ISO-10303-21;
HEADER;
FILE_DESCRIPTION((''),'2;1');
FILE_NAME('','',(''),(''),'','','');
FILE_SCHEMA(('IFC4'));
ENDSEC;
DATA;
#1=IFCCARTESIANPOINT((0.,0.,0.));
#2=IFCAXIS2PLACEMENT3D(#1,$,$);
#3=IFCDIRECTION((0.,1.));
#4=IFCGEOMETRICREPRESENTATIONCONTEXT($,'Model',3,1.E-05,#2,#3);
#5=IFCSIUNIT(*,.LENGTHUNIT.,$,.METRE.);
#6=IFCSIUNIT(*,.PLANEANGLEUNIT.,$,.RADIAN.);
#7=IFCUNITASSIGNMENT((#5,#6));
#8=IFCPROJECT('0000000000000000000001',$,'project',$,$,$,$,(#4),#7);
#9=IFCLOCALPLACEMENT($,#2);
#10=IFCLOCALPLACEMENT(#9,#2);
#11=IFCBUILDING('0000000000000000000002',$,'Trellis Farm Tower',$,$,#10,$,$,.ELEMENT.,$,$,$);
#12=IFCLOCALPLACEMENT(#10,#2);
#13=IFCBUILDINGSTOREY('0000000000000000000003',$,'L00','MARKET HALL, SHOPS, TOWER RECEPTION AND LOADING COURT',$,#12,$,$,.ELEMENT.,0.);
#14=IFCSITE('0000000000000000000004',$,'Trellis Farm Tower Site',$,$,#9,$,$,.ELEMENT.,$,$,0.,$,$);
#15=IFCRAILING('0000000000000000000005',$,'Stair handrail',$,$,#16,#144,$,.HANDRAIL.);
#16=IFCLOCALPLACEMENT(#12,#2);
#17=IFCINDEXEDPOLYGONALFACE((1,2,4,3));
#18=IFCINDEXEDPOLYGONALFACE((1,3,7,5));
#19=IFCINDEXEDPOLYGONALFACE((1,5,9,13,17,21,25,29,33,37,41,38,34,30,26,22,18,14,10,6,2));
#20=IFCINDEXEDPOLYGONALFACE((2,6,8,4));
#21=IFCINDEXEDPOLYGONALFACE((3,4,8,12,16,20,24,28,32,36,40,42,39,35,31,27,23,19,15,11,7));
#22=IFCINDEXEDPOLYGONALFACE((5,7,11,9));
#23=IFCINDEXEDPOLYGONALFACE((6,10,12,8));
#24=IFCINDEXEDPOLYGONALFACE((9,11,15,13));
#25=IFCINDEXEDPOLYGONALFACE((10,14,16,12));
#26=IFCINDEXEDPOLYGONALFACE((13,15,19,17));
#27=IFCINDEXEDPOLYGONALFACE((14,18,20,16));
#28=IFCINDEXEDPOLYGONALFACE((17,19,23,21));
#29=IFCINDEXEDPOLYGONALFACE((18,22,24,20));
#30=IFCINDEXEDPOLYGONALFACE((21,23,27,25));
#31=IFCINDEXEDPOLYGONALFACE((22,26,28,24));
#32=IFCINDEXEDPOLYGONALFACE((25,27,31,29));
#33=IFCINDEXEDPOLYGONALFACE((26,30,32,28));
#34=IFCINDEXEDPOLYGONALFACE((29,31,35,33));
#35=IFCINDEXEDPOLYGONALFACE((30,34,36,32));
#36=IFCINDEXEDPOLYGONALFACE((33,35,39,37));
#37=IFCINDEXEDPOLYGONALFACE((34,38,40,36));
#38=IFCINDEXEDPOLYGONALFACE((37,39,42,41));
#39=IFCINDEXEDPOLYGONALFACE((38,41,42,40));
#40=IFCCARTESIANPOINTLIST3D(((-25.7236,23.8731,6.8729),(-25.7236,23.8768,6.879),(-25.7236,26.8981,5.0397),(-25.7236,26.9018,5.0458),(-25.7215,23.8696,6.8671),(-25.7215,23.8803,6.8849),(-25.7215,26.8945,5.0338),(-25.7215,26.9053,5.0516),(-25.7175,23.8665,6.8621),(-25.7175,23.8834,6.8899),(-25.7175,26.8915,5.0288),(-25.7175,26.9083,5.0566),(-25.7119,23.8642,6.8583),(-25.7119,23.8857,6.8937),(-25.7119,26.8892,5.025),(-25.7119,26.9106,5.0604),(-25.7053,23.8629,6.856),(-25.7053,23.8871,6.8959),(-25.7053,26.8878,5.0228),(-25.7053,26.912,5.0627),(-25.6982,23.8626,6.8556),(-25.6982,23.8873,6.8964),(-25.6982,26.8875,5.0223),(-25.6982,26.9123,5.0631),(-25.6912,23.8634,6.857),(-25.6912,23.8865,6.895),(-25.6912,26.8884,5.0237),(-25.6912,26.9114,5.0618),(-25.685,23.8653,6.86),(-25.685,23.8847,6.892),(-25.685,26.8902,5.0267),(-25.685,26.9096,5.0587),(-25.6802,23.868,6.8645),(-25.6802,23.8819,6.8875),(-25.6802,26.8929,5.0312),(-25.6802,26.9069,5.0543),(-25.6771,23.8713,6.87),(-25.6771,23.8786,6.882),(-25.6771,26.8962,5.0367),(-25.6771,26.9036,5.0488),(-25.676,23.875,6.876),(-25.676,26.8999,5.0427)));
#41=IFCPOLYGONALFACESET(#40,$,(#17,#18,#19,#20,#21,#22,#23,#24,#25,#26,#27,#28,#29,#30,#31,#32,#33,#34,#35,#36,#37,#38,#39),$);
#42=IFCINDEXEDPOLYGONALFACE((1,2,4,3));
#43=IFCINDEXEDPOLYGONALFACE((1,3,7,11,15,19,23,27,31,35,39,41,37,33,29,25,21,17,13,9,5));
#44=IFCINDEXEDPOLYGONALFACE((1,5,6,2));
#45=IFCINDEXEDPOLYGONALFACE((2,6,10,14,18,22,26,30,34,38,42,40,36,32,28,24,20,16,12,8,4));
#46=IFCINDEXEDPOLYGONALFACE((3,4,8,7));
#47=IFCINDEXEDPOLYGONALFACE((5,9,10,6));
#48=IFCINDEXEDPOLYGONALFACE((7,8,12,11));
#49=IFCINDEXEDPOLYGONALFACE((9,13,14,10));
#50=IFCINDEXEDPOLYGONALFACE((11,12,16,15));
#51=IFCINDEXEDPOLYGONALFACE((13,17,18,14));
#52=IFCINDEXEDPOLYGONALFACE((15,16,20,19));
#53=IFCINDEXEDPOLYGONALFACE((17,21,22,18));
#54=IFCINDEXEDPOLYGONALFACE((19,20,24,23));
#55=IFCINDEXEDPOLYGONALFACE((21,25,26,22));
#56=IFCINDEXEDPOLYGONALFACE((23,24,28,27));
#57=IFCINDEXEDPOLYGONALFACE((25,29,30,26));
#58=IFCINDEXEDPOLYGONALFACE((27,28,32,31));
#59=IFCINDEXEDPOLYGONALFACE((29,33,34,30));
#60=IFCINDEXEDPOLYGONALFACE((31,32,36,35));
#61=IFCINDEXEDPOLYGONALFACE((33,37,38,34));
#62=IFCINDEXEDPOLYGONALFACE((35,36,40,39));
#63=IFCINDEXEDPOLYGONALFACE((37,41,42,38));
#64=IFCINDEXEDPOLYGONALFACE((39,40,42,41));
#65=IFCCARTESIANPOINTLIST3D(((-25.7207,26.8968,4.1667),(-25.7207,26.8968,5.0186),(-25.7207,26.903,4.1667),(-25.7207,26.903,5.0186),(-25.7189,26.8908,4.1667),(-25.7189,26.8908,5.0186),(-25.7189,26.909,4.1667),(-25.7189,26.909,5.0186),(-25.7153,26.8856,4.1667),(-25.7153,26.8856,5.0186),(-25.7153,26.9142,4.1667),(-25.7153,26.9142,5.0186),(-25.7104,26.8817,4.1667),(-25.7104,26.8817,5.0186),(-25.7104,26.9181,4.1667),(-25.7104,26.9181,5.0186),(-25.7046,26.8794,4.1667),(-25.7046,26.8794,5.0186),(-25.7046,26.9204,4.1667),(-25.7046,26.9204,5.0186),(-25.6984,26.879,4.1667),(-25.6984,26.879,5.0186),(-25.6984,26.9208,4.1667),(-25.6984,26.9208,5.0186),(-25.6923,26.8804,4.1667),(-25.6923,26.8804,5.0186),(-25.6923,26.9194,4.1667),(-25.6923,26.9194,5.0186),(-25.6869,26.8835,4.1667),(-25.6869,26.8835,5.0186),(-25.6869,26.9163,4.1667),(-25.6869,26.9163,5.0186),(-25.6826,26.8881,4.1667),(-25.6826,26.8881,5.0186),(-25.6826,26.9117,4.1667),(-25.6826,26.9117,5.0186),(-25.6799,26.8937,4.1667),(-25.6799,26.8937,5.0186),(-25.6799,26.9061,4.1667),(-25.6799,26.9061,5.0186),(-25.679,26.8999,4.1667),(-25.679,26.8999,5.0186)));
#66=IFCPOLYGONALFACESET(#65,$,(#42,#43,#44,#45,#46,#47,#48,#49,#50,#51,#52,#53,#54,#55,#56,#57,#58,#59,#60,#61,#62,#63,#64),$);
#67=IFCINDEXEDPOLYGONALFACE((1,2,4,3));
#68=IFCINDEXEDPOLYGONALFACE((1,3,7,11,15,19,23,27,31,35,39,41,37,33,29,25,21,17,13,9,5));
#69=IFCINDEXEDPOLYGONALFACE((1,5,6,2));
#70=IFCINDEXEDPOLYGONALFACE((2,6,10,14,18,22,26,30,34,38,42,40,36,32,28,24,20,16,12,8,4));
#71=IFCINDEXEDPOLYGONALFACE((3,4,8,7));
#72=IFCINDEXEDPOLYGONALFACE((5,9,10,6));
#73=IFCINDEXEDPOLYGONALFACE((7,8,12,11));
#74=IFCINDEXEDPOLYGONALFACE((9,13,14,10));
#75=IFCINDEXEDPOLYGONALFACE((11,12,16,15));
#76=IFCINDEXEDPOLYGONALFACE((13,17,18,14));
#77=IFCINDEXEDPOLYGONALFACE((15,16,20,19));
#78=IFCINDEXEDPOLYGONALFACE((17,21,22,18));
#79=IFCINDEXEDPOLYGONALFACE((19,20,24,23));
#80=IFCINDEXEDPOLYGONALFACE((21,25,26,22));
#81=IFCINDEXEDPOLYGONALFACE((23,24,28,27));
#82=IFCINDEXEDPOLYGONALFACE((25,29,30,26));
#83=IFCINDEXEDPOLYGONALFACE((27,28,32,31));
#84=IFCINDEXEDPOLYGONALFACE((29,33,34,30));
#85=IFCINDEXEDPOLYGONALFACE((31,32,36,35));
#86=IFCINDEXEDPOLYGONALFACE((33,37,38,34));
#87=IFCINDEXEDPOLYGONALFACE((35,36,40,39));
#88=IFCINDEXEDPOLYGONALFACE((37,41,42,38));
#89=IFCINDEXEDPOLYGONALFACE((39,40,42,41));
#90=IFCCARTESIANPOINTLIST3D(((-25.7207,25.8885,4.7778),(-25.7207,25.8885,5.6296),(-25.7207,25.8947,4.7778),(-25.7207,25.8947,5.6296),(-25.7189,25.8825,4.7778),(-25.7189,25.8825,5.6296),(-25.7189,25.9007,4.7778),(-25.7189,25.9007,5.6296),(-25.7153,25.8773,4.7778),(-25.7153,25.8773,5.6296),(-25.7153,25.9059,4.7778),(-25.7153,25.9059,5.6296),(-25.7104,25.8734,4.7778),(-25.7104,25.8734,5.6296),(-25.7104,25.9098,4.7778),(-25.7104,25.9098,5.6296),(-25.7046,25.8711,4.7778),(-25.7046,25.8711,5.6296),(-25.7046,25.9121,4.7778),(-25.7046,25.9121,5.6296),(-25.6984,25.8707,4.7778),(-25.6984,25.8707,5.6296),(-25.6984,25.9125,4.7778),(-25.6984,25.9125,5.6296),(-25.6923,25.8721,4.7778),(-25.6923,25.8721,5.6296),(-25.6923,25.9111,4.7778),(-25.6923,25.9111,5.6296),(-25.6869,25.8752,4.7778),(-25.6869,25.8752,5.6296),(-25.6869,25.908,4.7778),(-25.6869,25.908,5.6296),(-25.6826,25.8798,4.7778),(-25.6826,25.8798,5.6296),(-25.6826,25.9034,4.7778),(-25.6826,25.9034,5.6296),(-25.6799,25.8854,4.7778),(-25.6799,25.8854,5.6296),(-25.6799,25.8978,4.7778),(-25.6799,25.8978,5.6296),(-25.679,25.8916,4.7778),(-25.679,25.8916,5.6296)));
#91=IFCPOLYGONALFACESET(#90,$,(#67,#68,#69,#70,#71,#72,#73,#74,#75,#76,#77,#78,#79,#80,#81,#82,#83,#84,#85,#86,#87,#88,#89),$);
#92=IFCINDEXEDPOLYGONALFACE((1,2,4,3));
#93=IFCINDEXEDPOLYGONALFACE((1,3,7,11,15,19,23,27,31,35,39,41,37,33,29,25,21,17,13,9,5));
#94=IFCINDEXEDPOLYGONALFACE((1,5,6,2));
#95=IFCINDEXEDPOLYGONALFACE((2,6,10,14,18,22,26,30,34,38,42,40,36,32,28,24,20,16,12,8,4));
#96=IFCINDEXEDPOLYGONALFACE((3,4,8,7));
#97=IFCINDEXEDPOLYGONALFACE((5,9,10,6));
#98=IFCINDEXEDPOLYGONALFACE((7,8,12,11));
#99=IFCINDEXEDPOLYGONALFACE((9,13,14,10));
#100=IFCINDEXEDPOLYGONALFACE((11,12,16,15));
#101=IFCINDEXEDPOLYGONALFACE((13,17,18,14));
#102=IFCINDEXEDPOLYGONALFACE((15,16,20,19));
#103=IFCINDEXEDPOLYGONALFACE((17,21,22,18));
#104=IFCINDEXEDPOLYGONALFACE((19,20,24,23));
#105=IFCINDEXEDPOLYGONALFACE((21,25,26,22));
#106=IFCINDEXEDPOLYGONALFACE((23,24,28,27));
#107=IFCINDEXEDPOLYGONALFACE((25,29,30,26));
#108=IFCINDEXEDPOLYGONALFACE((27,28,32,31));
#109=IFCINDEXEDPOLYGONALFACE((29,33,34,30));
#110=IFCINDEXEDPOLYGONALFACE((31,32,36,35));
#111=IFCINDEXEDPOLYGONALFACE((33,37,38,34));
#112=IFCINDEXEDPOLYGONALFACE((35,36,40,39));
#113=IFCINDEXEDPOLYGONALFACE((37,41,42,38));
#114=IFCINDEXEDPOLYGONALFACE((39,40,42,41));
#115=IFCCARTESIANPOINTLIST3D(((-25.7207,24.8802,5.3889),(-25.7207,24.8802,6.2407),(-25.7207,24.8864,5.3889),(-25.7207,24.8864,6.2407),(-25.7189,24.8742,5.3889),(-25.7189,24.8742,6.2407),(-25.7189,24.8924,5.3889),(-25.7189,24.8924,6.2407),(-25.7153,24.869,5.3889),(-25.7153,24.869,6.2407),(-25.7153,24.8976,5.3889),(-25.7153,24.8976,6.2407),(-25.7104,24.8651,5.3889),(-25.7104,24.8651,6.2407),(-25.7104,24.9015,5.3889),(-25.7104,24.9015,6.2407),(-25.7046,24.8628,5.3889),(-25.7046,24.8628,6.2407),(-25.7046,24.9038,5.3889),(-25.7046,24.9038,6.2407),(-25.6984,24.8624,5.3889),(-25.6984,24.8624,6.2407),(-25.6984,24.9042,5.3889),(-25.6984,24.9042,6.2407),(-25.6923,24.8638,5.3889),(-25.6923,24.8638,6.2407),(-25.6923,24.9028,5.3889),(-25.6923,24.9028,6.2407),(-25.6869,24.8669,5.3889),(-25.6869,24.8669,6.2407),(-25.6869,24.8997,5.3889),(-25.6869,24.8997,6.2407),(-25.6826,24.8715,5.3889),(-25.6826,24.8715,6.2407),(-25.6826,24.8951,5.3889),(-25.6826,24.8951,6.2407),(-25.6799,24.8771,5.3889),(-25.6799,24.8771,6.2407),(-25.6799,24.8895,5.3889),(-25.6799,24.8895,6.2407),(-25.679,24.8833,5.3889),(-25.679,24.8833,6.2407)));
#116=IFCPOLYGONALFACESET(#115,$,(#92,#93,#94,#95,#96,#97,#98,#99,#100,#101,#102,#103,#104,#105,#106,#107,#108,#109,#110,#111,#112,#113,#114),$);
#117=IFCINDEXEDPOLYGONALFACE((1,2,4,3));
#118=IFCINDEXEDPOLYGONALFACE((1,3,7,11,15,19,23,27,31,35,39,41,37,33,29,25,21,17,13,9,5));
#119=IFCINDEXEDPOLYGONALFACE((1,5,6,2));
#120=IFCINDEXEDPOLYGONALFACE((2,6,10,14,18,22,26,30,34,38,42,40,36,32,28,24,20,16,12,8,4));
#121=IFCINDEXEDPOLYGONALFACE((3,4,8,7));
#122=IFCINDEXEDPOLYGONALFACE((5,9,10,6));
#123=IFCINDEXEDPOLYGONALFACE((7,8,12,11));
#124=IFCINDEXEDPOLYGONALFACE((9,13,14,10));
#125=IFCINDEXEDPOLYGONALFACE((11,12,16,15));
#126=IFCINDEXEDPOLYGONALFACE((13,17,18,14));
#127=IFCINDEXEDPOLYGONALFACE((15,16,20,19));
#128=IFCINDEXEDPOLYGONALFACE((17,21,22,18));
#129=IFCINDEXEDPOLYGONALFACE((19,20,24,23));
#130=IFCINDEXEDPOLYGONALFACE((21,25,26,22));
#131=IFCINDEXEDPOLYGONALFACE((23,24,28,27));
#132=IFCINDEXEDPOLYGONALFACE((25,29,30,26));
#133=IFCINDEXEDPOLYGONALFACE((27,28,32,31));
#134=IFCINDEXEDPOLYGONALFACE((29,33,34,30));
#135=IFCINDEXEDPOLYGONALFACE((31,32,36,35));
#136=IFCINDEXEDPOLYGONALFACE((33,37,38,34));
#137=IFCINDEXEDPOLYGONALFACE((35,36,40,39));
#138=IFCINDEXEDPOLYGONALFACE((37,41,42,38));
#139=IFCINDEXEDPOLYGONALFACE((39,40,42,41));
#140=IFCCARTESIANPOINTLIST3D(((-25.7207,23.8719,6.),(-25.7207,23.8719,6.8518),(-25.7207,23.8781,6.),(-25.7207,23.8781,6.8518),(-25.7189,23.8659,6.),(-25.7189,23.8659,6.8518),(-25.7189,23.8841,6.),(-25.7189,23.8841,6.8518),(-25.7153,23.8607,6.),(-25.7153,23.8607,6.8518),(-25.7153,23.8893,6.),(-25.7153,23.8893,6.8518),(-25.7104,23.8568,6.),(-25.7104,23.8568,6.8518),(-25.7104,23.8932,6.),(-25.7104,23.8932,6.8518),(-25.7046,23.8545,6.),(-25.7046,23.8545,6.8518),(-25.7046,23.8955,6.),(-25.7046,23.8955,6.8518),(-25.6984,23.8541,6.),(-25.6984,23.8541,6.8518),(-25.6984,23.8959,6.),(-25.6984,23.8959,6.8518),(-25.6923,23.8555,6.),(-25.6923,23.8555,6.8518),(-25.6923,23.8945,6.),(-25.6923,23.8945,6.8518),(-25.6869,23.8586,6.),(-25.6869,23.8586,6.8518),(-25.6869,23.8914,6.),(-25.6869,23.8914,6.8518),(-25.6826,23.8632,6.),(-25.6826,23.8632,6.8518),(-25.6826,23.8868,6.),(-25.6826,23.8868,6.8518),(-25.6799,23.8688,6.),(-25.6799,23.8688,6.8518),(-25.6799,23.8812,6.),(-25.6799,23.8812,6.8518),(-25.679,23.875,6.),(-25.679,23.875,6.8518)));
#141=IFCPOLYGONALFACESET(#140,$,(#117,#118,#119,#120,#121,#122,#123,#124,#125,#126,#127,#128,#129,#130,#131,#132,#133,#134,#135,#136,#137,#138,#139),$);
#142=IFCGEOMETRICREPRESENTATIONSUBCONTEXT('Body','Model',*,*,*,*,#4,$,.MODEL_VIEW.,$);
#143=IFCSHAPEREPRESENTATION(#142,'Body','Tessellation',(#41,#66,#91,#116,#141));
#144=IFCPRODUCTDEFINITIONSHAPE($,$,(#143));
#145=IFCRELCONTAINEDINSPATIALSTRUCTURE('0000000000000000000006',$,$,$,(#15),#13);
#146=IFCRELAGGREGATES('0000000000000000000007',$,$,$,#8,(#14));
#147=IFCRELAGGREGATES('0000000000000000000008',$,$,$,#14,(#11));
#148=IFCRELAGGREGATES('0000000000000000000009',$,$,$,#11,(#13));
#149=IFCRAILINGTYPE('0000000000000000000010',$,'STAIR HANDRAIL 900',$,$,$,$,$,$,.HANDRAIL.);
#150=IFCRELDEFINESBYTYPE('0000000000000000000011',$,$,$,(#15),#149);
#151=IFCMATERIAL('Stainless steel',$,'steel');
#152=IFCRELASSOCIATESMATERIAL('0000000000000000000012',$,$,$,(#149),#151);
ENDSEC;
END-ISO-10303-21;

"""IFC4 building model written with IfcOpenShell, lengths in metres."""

from ifc_helpers import new_model, si_unit, direction, frame, origin, origin_2d, place, context, subcontext, project, spatial, circle, extrude, source, transform, mapped, material, type_object, element, save


model = new_model("IFC4")

# Units and contexts
model_context = context("Model", 3, precision=1e-05, world=origin(), true_north=direction((0.0, 1.0)))
body_context = subcontext(model_context, "Body", "Model", "MODEL_VIEW")
ifc_project = project(units=[si_unit("LENGTHUNIT", "METRE"), si_unit("PLANEANGLEUNIT", "RADIAN")], contexts=[model_context])

# Site, building, storey
site_placement = place(None, origin())
site = spatial("IfcSite", under=ifc_project, at=site_placement, Name="Trellis Farm Tower Site", CompositionType="ELEMENT", RefElevation=0.0)
building_placement = place(site_placement, origin())
building = spatial("IfcBuilding", under=site, at=building_placement, Name="Trellis Farm Tower", CompositionType="ELEMENT")
storey_placement = place(building_placement, origin())
storey = spatial("IfcBuildingStorey", under=building, at=storey_placement, Name="L00", Description="MARKET HALL, SHOPS, TOWER RECEPTION AND LOADING COURT", CompositionType="ELEMENT", Elevation=0.0)

# Railing
ifc_material_1 = material(Name="Stainless steel", Category="steel")
railing_type = type_object("IfcRailingType", Name="STAIR HANDRAIL 900", PredefinedType="HANDRAIL", material=ifc_material_1)
shared_shape_1 = source(origin(), body_context, "Body", "SweptSolid", [
    extrude(circle(Radius=0.0239, at=origin_2d()), frame((0.0, 0.0, 0.876), z_axis=(0.0, -0.855201, 0.518297), x_axis=(1.0, 0.0, 0.0)), (0.0, 0.0, 1.0), 3.5371),
    extrude(circle(Radius=0.021, at=origin_2d()), origin(), (0.0, 0.0, 1.0), 0.8518),
    extrude(circle(Radius=0.021, at=origin_2d()), frame((0.0, -1.0083, 0.6111)), (0.0, 0.0, 1.0), 0.8518),
    extrude(circle(Radius=0.021, at=origin_2d()), frame((0.0, -2.0166, 1.2222)), (0.0, 0.0, 1.0), 0.8518),
    extrude(circle(Radius=0.021, at=origin_2d()), frame((0.0, -3.0249, 1.8333)), (0.0, 0.0, 1.0), 0.8518),
])
for number, where, name in (
    (1, (-25.7, 26.8999, 4.1667), "Stair handrail"),
):
    element("IfcRailing", number, at=place(storey_placement, frame(where)), inside=storey, type_object=railing_type, Name=name, PredefinedType="HANDRAIL", context=body_context, shape_type="MappedRepresentation", body=[
        mapped(shared_shape_1, transform((0.0, 0.0, 0.0))),
    ])

save(model, "model.ifc")
